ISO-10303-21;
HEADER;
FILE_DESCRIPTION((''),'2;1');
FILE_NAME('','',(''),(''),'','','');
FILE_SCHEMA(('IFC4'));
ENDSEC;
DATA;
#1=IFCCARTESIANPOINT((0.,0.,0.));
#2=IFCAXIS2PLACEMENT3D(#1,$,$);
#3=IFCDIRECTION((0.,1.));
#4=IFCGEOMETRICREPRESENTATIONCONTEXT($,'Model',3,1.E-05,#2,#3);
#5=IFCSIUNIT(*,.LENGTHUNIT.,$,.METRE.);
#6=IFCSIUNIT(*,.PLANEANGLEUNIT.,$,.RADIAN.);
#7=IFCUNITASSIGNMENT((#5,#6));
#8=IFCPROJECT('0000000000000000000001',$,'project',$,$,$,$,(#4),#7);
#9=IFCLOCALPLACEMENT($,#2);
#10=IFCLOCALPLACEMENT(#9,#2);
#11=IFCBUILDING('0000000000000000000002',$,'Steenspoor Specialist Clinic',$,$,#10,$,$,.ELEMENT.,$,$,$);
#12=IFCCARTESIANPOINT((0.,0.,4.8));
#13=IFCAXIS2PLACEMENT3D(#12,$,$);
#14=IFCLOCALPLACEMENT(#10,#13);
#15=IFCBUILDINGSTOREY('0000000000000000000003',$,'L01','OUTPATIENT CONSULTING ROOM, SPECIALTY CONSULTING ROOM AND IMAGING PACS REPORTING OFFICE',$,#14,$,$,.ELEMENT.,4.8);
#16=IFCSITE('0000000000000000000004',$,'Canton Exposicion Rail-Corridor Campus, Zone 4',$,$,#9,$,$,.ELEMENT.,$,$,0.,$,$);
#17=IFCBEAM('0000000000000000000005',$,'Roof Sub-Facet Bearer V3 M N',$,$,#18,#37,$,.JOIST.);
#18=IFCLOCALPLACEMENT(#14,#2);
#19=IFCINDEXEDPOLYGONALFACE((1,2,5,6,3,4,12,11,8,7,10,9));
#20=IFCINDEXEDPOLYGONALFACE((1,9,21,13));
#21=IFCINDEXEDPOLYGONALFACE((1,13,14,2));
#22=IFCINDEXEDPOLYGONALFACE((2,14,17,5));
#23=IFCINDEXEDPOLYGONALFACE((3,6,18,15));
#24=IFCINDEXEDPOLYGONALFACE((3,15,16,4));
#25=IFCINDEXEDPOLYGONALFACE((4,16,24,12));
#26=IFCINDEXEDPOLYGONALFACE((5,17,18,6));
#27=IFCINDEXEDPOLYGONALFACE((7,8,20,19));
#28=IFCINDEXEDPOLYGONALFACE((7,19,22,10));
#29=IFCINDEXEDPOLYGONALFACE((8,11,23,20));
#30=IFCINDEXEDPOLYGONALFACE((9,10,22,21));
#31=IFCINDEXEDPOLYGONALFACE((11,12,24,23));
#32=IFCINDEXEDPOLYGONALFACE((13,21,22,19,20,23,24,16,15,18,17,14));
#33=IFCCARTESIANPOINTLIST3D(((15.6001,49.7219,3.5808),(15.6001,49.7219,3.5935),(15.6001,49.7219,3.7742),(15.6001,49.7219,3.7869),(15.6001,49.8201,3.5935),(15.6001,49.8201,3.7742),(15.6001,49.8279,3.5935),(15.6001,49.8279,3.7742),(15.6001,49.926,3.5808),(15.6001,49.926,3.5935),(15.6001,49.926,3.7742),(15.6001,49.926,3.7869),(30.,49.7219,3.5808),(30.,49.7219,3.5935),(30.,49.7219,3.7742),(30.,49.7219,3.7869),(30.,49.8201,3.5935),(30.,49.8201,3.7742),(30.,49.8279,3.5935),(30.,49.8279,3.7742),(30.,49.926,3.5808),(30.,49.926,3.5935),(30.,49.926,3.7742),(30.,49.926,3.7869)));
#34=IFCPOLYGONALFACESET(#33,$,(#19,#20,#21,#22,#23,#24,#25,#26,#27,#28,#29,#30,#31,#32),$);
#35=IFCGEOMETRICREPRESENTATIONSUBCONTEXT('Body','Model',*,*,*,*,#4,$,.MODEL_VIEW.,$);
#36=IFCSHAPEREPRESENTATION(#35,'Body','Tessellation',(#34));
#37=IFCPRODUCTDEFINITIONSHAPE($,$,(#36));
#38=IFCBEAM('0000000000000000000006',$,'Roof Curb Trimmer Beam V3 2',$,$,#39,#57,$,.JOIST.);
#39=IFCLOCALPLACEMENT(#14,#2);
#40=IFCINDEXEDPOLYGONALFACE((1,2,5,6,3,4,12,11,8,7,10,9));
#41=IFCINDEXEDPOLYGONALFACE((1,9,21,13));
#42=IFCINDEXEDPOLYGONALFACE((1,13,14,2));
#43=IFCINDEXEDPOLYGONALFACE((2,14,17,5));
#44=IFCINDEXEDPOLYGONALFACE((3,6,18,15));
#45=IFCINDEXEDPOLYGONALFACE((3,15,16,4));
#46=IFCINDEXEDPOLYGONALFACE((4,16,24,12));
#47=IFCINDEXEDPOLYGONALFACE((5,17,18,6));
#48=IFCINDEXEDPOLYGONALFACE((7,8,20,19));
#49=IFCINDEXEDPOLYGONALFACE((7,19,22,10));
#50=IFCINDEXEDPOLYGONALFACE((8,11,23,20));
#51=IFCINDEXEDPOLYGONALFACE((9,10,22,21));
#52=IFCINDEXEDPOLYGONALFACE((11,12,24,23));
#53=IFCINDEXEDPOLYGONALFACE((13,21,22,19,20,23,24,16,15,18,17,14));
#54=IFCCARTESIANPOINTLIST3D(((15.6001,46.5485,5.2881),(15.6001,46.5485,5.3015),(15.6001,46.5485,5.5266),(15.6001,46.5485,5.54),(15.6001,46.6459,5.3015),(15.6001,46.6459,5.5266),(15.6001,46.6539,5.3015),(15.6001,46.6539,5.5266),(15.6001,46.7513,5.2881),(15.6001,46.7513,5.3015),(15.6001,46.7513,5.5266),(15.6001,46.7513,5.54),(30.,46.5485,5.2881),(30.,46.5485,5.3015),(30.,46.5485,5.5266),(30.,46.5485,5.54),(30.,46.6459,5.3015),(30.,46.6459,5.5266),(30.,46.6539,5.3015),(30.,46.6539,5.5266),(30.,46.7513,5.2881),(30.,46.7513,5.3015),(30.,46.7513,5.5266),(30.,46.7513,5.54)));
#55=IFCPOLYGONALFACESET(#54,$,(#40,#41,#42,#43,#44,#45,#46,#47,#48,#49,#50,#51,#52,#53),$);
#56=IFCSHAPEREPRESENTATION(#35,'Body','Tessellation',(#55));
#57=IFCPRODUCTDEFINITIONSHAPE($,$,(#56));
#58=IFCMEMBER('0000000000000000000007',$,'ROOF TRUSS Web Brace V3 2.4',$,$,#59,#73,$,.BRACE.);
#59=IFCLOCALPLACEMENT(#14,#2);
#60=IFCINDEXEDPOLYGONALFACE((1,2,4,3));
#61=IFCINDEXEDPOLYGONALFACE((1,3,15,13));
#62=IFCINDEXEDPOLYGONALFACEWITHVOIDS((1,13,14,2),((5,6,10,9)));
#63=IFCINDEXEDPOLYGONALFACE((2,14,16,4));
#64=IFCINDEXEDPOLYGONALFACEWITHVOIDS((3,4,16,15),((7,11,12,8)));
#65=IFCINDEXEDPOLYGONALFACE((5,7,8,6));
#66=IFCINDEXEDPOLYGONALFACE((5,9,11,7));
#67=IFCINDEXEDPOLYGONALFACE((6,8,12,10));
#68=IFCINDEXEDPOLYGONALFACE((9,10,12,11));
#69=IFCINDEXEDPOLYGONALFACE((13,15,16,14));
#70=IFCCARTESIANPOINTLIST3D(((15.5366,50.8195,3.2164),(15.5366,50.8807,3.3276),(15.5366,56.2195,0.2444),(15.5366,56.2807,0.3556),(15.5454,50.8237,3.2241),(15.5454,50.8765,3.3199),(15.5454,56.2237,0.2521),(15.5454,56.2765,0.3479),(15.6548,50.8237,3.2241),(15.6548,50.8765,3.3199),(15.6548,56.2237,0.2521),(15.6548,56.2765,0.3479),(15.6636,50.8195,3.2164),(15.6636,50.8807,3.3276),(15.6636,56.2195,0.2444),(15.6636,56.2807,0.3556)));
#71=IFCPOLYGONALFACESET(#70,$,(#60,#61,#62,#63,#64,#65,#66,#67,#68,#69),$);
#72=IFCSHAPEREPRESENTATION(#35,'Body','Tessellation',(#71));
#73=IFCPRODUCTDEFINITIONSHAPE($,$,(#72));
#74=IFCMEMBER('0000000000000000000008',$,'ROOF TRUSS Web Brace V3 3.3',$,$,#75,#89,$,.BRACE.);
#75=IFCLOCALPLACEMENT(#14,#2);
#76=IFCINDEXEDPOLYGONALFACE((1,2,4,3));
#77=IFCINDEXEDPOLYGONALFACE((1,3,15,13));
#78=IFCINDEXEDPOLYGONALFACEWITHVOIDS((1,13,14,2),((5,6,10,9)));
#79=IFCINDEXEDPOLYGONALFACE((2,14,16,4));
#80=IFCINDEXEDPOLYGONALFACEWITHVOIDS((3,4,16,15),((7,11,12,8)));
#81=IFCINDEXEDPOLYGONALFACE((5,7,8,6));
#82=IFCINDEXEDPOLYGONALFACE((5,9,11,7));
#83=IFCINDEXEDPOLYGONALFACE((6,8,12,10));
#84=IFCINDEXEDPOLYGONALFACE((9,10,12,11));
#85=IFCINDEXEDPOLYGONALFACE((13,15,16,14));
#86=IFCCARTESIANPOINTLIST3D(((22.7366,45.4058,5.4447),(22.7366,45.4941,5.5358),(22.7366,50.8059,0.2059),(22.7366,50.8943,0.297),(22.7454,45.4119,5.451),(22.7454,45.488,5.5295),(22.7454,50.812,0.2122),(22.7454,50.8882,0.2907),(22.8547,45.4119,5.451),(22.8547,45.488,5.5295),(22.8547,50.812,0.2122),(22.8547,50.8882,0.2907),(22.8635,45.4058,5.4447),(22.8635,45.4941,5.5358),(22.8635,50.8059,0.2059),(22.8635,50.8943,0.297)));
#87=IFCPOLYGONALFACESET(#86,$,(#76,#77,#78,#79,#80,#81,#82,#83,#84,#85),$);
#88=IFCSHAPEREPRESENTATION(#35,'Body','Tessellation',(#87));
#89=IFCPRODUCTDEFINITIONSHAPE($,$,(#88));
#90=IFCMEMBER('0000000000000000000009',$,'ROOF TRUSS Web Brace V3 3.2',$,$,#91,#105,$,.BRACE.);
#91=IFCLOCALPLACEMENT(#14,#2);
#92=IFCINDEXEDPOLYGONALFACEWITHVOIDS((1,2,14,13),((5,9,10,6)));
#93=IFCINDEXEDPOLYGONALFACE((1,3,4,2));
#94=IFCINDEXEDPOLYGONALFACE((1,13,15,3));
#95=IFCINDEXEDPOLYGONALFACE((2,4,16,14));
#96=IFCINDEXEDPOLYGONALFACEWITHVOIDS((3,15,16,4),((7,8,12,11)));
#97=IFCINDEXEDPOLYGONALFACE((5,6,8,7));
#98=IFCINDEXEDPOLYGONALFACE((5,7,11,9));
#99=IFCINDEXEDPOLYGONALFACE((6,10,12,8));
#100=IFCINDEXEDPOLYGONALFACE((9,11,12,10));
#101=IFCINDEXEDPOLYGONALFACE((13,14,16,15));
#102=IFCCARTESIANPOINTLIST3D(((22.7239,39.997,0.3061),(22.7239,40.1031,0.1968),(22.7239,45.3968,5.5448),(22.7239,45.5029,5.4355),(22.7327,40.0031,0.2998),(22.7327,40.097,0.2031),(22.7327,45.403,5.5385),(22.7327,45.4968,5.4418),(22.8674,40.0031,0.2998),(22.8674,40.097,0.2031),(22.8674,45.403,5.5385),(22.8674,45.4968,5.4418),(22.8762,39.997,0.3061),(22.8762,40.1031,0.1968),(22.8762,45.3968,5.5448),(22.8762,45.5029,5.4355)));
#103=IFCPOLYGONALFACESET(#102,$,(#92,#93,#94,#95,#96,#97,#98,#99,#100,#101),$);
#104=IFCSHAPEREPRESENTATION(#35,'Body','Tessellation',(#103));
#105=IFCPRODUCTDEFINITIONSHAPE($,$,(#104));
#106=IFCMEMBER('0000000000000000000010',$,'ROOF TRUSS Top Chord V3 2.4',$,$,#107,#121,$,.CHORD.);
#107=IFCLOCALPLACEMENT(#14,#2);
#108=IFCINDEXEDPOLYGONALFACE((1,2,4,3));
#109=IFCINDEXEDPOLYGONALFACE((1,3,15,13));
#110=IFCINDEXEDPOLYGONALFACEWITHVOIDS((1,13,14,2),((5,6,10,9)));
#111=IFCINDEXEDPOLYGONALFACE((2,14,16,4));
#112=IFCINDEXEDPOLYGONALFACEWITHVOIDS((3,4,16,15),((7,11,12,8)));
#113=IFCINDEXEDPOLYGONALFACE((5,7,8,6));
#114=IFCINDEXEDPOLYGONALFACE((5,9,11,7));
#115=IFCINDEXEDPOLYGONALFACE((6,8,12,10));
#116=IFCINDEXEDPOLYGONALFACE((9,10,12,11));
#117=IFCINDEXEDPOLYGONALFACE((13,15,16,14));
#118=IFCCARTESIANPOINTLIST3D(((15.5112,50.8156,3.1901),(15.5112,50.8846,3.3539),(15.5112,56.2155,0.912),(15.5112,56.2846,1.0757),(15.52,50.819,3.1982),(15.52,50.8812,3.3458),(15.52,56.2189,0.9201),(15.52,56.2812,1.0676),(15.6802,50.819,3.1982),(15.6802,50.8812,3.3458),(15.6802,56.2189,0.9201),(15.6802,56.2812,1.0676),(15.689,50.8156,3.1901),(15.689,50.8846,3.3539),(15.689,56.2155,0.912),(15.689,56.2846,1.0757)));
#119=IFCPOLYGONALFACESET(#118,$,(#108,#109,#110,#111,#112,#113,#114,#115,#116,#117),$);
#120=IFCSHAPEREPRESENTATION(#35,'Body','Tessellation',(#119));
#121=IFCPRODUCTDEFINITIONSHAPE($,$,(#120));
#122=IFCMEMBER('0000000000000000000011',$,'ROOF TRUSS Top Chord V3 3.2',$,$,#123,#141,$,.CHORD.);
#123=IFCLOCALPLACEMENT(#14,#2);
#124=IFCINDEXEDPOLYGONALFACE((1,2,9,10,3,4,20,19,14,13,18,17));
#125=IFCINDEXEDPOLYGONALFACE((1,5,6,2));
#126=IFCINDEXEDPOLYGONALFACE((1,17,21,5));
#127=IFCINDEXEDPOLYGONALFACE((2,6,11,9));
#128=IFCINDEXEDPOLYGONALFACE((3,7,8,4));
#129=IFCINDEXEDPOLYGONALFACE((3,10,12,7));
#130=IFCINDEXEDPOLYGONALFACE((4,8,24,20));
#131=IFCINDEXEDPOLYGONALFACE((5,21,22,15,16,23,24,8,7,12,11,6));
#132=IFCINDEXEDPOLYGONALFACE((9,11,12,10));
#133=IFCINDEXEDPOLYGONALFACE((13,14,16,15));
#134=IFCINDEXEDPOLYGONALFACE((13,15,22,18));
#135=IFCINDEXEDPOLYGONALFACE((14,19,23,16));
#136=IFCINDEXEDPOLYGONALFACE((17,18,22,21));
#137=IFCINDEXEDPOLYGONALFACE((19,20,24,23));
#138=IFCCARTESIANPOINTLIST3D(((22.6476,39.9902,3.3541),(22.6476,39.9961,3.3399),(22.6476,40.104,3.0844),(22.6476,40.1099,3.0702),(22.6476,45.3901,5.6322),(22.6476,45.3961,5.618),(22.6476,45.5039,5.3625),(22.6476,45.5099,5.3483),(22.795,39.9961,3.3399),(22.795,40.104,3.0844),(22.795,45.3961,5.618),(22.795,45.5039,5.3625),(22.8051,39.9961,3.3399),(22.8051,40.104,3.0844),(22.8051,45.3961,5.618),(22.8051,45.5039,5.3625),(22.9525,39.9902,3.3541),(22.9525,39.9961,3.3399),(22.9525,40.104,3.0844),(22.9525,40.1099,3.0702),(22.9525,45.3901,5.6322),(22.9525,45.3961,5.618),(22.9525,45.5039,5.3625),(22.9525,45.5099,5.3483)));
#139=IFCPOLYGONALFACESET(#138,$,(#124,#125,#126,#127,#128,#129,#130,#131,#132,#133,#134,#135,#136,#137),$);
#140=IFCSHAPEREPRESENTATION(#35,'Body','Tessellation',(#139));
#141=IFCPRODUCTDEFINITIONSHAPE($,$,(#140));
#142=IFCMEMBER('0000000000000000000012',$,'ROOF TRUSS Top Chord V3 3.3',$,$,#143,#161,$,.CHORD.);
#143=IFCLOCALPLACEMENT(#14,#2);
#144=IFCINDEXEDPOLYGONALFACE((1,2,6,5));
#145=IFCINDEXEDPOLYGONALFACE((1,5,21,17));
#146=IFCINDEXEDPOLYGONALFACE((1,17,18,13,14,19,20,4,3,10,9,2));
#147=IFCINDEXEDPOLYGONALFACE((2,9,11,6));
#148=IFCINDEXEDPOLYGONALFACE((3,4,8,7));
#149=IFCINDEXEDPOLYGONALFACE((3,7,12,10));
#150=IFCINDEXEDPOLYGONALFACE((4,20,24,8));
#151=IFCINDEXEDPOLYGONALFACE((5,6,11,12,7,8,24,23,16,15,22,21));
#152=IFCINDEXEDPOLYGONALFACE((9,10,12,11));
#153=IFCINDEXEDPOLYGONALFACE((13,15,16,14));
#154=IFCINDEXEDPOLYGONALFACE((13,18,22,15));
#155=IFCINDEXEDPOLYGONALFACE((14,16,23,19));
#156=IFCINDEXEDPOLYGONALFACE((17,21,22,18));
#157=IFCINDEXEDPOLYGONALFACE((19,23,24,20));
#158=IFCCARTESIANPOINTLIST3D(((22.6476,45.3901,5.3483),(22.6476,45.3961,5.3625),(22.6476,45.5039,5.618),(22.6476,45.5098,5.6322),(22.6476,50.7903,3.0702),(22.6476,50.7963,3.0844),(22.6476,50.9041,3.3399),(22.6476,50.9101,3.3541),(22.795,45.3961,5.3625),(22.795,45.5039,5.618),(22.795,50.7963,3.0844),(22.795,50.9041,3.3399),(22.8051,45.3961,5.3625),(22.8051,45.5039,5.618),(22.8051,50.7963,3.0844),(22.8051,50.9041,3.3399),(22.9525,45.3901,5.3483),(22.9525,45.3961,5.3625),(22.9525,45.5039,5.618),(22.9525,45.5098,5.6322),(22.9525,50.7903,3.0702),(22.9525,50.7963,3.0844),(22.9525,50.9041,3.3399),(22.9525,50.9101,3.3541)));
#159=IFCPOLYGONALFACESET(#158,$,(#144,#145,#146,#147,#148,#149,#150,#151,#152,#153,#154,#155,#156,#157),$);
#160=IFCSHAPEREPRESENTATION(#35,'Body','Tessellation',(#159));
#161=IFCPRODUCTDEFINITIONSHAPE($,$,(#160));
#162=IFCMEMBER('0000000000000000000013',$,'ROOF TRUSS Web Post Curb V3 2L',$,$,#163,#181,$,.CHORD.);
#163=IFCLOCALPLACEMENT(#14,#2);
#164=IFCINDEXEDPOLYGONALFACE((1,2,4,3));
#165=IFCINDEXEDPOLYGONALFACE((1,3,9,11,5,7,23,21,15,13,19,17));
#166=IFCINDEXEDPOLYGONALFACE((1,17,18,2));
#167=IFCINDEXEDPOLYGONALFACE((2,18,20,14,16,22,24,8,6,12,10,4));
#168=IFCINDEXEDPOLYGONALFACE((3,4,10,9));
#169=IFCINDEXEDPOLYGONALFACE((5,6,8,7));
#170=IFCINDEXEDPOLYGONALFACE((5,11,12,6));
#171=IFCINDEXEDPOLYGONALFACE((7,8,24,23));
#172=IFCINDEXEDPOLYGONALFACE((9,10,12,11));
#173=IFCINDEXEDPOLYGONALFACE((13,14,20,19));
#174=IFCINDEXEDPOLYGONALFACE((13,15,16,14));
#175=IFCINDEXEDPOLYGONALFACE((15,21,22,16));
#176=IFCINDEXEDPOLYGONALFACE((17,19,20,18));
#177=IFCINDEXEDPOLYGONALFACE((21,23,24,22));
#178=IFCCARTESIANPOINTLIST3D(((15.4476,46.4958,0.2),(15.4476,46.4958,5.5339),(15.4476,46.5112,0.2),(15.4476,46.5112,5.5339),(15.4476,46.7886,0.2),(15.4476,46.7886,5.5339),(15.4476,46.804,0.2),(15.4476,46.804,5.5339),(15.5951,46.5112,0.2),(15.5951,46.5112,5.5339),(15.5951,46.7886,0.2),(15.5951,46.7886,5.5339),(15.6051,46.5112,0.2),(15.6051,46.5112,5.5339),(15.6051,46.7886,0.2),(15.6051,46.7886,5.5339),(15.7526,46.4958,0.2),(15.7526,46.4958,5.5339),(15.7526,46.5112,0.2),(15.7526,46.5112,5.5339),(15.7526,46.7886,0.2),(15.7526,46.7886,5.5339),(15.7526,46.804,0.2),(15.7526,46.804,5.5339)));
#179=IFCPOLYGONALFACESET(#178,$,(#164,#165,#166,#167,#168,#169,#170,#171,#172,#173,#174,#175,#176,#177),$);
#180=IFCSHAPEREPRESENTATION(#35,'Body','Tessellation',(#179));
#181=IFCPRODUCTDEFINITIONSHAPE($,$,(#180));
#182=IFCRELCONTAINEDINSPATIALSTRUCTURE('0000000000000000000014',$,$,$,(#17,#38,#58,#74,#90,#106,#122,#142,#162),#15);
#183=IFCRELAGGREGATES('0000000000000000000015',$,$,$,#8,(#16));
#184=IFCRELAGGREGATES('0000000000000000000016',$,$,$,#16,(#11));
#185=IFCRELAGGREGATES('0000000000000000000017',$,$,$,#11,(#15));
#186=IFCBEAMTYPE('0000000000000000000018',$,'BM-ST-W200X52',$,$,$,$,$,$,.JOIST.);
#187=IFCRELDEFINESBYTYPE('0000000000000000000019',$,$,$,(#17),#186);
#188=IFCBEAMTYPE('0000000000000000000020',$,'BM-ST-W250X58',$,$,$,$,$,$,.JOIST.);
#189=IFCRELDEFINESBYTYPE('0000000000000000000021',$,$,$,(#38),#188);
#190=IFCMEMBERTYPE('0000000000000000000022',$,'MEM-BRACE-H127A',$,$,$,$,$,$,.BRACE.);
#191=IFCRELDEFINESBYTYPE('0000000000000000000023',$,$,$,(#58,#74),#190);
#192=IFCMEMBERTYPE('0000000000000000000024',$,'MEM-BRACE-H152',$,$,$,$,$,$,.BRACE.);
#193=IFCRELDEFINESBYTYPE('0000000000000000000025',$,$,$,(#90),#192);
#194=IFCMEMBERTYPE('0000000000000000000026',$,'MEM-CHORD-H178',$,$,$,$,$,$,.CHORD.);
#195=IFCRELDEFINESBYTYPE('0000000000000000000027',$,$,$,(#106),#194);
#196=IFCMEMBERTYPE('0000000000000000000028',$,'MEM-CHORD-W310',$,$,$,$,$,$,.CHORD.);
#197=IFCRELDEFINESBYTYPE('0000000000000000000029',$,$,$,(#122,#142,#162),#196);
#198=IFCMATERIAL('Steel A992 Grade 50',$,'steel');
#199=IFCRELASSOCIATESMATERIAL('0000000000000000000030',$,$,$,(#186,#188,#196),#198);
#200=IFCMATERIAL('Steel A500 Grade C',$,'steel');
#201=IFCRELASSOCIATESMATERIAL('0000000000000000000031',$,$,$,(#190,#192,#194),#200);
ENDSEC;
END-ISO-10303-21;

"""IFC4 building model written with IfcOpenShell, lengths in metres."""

from ifc_helpers import new_model, si_unit, direction, frame, origin, origin_2d, place, context, subcontext, project, spatial, hollow_rectangle, i_section, extrude, material, material_profile, profile_set, type_object, element, save


model = new_model("IFC4")

# Units and contexts
model_context = context("Model", 3, precision=1e-05, world=origin(), true_north=direction((0.0, 1.0)))
body_context = subcontext(model_context, "Body", "Model", "MODEL_VIEW")
ifc_project = project(units=[si_unit("LENGTHUNIT", "METRE"), si_unit("PLANEANGLEUNIT", "RADIAN")], contexts=[model_context])

# Site, building, storey
site_placement = place(None, origin())
site = spatial("IfcSite", under=ifc_project, at=site_placement, Name="Canton Exposicion Rail-Corridor Campus, Zone 4", CompositionType="ELEMENT", RefElevation=0.0)
building_placement = place(site_placement, origin())
building = spatial("IfcBuilding", under=site, at=building_placement, Name="Steenspoor Specialist Clinic", CompositionType="ELEMENT")
storey_placement = place(building_placement, frame((0.0, 0.0, 4.8)))
storey = spatial("IfcBuildingStorey", under=building, at=storey_placement, Name="L01", Description="OUTPATIENT CONSULTING ROOM, SPECIALTY CONSULTING ROOM AND IMAGING PACS REPORTING OFFICE", CompositionType="ELEMENT", Elevation=4.8)

# Beams
ifc_material_1 = material(Name="Steel A992 Grade 50", Category="steel")
ifc_material_profile_1 = material_profile(ifc_material_1, i_section(OverallWidth=0.2041, OverallDepth=0.2061, WebThickness=0.0078, FlangeThickness=0.0127, at=origin_2d()), Name="W200X52")
ifc_profile_set_1 = profile_set([ifc_material_profile_1], Name="Steel A992 Grade 50")
beam_type_1 = type_object("IfcBeamType", Name="BM-ST-W200X52", PredefinedType="JOIST", material=ifc_profile_set_1)
beam_1_placement = place(storey_placement, frame((15.6001, 49.824, 3.6838), z_axis=(1.0, 0.0, 0.0), x_axis=(0.0, 1.0, 0.0)))
element("IfcBeam", 1, at=beam_1_placement, inside=storey, type_object=beam_type_1, Name="Roof Sub-Facet Bearer V3 M N", PredefinedType="JOIST", context=body_context, shape_type="SweptSolid", body=[
    extrude(i_section(OverallWidth=0.2041, OverallDepth=0.2061, WebThickness=0.0078, FlangeThickness=0.0127, at=origin_2d()), origin(), (0.0, 0.0, 1.0), 14.3999),
])
ifc_material_profile_2 = material_profile(ifc_material_1, i_section(OverallWidth=0.2029, OverallDepth=0.252, WebThickness=0.0081, FlangeThickness=0.0134, at=origin_2d()), Name="W250X58")
ifc_profile_set_2 = profile_set([ifc_material_profile_2], Name="Steel A992 Grade 50")
beam_type_2 = type_object("IfcBeamType", Name="BM-ST-W250X58", PredefinedType="JOIST", material=ifc_profile_set_2)
beam_2_placement = place(storey_placement, frame((15.6001, 46.6499, 5.4141), z_axis=(1.0, 0.0, 0.0), x_axis=(0.0, 1.0, 0.0)))
element("IfcBeam", 2, at=beam_2_placement, inside=storey, type_object=beam_type_2, Name="Roof Curb Trimmer Beam V3 2", PredefinedType="JOIST", context=body_context, shape_type="SweptSolid", body=[
    extrude(i_section(OverallWidth=0.2029, OverallDepth=0.252, WebThickness=0.0081, FlangeThickness=0.0134, at=origin_2d()), origin(), (0.0, 0.0, 1.0), 14.3999),
])

# Members
ifc_material_2 = material(Name="Steel A500 Grade C", Category="steel")
ifc_material_profile_3 = material_profile(ifc_material_2, hollow_rectangle(XDim=0.127, YDim=0.127, WallThickness=0.0088, at=origin_2d()), Name="HSS127X127X9.5")
ifc_profile_set_3 = profile_set([ifc_material_profile_3], Name="Steel A500 Grade C")
member_type_1 = type_object("IfcMemberType", Name="MEM-BRACE-H127A", PredefinedType="BRACE", material=ifc_profile_set_3)
member_1_placement = place(storey_placement, frame((15.6001, 50.8501, 3.272), z_axis=(0.0, 0.87608, -0.482165), x_axis=(-1.0, 0.0, 0.0)))
element("IfcMember", 3, at=member_1_placement, inside=storey, type_object=member_type_1, Name="ROOF TRUSS Web Brace V3 2.4", PredefinedType="BRACE", context=body_context, shape_type="SweptSolid", body=[
    extrude(hollow_rectangle(XDim=0.127, YDim=0.127, WallThickness=0.0088, at=origin_2d()), origin(), (0.0, 0.0, 1.0), 6.1638),
])
member_2_placement = place(storey_placement, frame((22.8, 45.45, 5.4902), z_axis=(0.0, 0.71775, -0.696301), x_axis=(-1.0, 0.0, 0.0)))
element("IfcMember", 4, at=member_2_placement, inside=storey, type_object=member_type_1, Name="ROOF TRUSS Web Brace V3 3.3", PredefinedType="BRACE", context=body_context, shape_type="SweptSolid", body=[
    extrude(hollow_rectangle(XDim=0.127, YDim=0.127, WallThickness=0.0088, at=origin_2d()), origin(), (0.0, 0.0, 1.0), 7.5237),
])
ifc_material_profile_4 = material_profile(ifc_material_2, hollow_rectangle(XDim=0.1523, YDim=0.1523, WallThickness=0.0088, at=origin_2d()), Name="HSS152X152X9.5")
ifc_profile_set_4 = profile_set([ifc_material_profile_4], Name="Steel A500 Grade C")
member_type_2 = type_object("IfcMemberType", Name="MEM-BRACE-H152", PredefinedType="BRACE", material=ifc_profile_set_4)
member_3_placement = place(storey_placement, frame((22.8, 40.05, 0.2515), z_axis=(0.0, 0.717734, 0.696317), x_axis=(-1.0, 0.0, 0.0)))
element("IfcMember", 5, at=member_3_placement, inside=storey, type_object=member_type_2, Name="ROOF TRUSS Web Brace V3 3.2", PredefinedType="BRACE", context=body_context, shape_type="SweptSolid", body=[
    extrude(hollow_rectangle(XDim=0.1523, YDim=0.1523, WallThickness=0.0088, at=origin_2d()), origin(), (0.0, 0.0, 1.0), 7.5234),
])
ifc_material_profile_5 = material_profile(ifc_material_2, hollow_rectangle(XDim=0.1777, YDim=0.1777, WallThickness=0.0088, at=origin_2d()), Name="HSS178X178X9.5")
ifc_profile_set_5 = profile_set([ifc_material_profile_5], Name="Steel A500 Grade C")
member_type_3 = type_object("IfcMemberType", Name="MEM-CHORD-H178", PredefinedType="CHORD", material=ifc_profile_set_5)
member_4_placement = place(storey_placement, frame((15.6001, 50.8501, 3.272), z_axis=(0.0, 0.921365, -0.388699), x_axis=(-1.0, 0.0, 0.0)))
element("IfcMember", 6, at=member_4_placement, inside=storey, type_object=member_type_3, Name="ROOF TRUSS Top Chord V3 2.4", PredefinedType="CHORD", context=body_context, shape_type="SweptSolid", body=[
    extrude(hollow_rectangle(XDim=0.1777, YDim=0.1777, WallThickness=0.0088, at=origin_2d()), origin(), (0.0, 0.0, 1.0), 5.8608),
])
ifc_material_profile_6 = material_profile(ifc_material_1, i_section(OverallWidth=0.3049, OverallDepth=0.3081, WebThickness=0.01, FlangeThickness=0.0154, at=origin_2d()), Name="W310X97")
ifc_profile_set_6 = profile_set([ifc_material_profile_6], Name="Steel A992 Grade 50")
member_type_4 = type_object("IfcMemberType", Name="MEM-CHORD-W310", PredefinedType="CHORD", material=ifc_profile_set_6)
member_5_placement = place(storey_placement, frame((22.8, 40.05, 3.2122), z_axis=(0.0, 0.921365, 0.388699), x_axis=(-1.0, 0.0, 0.0)))
element("IfcMember", 7, at=member_5_placement, inside=storey, type_object=member_type_4, Name="ROOF TRUSS Top Chord V3 3.2", PredefinedType="CHORD", context=body_context, shape_type="SweptSolid", body=[
    extrude(i_section(OverallWidth=0.3049, OverallDepth=0.3081, WebThickness=0.01, FlangeThickness=0.0154, at=origin_2d()), origin(), (0.0, 0.0, 1.0), 5.8608),
])
member_6_placement = place(storey_placement, frame((22.8, 45.45, 5.4902), z_axis=(0.0, 0.921371, -0.388684), x_axis=(-1.0, 0.0, 0.0)))
element("IfcMember", 8, at=member_6_placement, inside=storey, type_object=member_type_4, Name="ROOF TRUSS Top Chord V3 3.3", PredefinedType="CHORD", context=body_context, shape_type="SweptSolid", body=[
    extrude(i_section(OverallWidth=0.3049, OverallDepth=0.3081, WebThickness=0.01, FlangeThickness=0.0154, at=origin_2d()), origin(), (0.0, 0.0, 1.0), 5.8611),
])
member_7_placement = place(storey_placement, frame((15.6001, 46.6499, 0.2), z_axis=(0.0, 0.0, 1.0), x_axis=(1.0, 0.0, 0.0)))
element("IfcMember", 9, at=member_7_placement, inside=storey, type_object=member_type_4, Name="ROOF TRUSS Web Post Curb V3 2L", PredefinedType="CHORD", context=body_context, shape_type="SweptSolid", body=[
    extrude(i_section(OverallWidth=0.3049, OverallDepth=0.3081, WebThickness=0.01, FlangeThickness=0.0154, at=origin_2d()), origin(), (0.0, 0.0, 1.0), 5.334),
])

save(model, "model.ifc")
